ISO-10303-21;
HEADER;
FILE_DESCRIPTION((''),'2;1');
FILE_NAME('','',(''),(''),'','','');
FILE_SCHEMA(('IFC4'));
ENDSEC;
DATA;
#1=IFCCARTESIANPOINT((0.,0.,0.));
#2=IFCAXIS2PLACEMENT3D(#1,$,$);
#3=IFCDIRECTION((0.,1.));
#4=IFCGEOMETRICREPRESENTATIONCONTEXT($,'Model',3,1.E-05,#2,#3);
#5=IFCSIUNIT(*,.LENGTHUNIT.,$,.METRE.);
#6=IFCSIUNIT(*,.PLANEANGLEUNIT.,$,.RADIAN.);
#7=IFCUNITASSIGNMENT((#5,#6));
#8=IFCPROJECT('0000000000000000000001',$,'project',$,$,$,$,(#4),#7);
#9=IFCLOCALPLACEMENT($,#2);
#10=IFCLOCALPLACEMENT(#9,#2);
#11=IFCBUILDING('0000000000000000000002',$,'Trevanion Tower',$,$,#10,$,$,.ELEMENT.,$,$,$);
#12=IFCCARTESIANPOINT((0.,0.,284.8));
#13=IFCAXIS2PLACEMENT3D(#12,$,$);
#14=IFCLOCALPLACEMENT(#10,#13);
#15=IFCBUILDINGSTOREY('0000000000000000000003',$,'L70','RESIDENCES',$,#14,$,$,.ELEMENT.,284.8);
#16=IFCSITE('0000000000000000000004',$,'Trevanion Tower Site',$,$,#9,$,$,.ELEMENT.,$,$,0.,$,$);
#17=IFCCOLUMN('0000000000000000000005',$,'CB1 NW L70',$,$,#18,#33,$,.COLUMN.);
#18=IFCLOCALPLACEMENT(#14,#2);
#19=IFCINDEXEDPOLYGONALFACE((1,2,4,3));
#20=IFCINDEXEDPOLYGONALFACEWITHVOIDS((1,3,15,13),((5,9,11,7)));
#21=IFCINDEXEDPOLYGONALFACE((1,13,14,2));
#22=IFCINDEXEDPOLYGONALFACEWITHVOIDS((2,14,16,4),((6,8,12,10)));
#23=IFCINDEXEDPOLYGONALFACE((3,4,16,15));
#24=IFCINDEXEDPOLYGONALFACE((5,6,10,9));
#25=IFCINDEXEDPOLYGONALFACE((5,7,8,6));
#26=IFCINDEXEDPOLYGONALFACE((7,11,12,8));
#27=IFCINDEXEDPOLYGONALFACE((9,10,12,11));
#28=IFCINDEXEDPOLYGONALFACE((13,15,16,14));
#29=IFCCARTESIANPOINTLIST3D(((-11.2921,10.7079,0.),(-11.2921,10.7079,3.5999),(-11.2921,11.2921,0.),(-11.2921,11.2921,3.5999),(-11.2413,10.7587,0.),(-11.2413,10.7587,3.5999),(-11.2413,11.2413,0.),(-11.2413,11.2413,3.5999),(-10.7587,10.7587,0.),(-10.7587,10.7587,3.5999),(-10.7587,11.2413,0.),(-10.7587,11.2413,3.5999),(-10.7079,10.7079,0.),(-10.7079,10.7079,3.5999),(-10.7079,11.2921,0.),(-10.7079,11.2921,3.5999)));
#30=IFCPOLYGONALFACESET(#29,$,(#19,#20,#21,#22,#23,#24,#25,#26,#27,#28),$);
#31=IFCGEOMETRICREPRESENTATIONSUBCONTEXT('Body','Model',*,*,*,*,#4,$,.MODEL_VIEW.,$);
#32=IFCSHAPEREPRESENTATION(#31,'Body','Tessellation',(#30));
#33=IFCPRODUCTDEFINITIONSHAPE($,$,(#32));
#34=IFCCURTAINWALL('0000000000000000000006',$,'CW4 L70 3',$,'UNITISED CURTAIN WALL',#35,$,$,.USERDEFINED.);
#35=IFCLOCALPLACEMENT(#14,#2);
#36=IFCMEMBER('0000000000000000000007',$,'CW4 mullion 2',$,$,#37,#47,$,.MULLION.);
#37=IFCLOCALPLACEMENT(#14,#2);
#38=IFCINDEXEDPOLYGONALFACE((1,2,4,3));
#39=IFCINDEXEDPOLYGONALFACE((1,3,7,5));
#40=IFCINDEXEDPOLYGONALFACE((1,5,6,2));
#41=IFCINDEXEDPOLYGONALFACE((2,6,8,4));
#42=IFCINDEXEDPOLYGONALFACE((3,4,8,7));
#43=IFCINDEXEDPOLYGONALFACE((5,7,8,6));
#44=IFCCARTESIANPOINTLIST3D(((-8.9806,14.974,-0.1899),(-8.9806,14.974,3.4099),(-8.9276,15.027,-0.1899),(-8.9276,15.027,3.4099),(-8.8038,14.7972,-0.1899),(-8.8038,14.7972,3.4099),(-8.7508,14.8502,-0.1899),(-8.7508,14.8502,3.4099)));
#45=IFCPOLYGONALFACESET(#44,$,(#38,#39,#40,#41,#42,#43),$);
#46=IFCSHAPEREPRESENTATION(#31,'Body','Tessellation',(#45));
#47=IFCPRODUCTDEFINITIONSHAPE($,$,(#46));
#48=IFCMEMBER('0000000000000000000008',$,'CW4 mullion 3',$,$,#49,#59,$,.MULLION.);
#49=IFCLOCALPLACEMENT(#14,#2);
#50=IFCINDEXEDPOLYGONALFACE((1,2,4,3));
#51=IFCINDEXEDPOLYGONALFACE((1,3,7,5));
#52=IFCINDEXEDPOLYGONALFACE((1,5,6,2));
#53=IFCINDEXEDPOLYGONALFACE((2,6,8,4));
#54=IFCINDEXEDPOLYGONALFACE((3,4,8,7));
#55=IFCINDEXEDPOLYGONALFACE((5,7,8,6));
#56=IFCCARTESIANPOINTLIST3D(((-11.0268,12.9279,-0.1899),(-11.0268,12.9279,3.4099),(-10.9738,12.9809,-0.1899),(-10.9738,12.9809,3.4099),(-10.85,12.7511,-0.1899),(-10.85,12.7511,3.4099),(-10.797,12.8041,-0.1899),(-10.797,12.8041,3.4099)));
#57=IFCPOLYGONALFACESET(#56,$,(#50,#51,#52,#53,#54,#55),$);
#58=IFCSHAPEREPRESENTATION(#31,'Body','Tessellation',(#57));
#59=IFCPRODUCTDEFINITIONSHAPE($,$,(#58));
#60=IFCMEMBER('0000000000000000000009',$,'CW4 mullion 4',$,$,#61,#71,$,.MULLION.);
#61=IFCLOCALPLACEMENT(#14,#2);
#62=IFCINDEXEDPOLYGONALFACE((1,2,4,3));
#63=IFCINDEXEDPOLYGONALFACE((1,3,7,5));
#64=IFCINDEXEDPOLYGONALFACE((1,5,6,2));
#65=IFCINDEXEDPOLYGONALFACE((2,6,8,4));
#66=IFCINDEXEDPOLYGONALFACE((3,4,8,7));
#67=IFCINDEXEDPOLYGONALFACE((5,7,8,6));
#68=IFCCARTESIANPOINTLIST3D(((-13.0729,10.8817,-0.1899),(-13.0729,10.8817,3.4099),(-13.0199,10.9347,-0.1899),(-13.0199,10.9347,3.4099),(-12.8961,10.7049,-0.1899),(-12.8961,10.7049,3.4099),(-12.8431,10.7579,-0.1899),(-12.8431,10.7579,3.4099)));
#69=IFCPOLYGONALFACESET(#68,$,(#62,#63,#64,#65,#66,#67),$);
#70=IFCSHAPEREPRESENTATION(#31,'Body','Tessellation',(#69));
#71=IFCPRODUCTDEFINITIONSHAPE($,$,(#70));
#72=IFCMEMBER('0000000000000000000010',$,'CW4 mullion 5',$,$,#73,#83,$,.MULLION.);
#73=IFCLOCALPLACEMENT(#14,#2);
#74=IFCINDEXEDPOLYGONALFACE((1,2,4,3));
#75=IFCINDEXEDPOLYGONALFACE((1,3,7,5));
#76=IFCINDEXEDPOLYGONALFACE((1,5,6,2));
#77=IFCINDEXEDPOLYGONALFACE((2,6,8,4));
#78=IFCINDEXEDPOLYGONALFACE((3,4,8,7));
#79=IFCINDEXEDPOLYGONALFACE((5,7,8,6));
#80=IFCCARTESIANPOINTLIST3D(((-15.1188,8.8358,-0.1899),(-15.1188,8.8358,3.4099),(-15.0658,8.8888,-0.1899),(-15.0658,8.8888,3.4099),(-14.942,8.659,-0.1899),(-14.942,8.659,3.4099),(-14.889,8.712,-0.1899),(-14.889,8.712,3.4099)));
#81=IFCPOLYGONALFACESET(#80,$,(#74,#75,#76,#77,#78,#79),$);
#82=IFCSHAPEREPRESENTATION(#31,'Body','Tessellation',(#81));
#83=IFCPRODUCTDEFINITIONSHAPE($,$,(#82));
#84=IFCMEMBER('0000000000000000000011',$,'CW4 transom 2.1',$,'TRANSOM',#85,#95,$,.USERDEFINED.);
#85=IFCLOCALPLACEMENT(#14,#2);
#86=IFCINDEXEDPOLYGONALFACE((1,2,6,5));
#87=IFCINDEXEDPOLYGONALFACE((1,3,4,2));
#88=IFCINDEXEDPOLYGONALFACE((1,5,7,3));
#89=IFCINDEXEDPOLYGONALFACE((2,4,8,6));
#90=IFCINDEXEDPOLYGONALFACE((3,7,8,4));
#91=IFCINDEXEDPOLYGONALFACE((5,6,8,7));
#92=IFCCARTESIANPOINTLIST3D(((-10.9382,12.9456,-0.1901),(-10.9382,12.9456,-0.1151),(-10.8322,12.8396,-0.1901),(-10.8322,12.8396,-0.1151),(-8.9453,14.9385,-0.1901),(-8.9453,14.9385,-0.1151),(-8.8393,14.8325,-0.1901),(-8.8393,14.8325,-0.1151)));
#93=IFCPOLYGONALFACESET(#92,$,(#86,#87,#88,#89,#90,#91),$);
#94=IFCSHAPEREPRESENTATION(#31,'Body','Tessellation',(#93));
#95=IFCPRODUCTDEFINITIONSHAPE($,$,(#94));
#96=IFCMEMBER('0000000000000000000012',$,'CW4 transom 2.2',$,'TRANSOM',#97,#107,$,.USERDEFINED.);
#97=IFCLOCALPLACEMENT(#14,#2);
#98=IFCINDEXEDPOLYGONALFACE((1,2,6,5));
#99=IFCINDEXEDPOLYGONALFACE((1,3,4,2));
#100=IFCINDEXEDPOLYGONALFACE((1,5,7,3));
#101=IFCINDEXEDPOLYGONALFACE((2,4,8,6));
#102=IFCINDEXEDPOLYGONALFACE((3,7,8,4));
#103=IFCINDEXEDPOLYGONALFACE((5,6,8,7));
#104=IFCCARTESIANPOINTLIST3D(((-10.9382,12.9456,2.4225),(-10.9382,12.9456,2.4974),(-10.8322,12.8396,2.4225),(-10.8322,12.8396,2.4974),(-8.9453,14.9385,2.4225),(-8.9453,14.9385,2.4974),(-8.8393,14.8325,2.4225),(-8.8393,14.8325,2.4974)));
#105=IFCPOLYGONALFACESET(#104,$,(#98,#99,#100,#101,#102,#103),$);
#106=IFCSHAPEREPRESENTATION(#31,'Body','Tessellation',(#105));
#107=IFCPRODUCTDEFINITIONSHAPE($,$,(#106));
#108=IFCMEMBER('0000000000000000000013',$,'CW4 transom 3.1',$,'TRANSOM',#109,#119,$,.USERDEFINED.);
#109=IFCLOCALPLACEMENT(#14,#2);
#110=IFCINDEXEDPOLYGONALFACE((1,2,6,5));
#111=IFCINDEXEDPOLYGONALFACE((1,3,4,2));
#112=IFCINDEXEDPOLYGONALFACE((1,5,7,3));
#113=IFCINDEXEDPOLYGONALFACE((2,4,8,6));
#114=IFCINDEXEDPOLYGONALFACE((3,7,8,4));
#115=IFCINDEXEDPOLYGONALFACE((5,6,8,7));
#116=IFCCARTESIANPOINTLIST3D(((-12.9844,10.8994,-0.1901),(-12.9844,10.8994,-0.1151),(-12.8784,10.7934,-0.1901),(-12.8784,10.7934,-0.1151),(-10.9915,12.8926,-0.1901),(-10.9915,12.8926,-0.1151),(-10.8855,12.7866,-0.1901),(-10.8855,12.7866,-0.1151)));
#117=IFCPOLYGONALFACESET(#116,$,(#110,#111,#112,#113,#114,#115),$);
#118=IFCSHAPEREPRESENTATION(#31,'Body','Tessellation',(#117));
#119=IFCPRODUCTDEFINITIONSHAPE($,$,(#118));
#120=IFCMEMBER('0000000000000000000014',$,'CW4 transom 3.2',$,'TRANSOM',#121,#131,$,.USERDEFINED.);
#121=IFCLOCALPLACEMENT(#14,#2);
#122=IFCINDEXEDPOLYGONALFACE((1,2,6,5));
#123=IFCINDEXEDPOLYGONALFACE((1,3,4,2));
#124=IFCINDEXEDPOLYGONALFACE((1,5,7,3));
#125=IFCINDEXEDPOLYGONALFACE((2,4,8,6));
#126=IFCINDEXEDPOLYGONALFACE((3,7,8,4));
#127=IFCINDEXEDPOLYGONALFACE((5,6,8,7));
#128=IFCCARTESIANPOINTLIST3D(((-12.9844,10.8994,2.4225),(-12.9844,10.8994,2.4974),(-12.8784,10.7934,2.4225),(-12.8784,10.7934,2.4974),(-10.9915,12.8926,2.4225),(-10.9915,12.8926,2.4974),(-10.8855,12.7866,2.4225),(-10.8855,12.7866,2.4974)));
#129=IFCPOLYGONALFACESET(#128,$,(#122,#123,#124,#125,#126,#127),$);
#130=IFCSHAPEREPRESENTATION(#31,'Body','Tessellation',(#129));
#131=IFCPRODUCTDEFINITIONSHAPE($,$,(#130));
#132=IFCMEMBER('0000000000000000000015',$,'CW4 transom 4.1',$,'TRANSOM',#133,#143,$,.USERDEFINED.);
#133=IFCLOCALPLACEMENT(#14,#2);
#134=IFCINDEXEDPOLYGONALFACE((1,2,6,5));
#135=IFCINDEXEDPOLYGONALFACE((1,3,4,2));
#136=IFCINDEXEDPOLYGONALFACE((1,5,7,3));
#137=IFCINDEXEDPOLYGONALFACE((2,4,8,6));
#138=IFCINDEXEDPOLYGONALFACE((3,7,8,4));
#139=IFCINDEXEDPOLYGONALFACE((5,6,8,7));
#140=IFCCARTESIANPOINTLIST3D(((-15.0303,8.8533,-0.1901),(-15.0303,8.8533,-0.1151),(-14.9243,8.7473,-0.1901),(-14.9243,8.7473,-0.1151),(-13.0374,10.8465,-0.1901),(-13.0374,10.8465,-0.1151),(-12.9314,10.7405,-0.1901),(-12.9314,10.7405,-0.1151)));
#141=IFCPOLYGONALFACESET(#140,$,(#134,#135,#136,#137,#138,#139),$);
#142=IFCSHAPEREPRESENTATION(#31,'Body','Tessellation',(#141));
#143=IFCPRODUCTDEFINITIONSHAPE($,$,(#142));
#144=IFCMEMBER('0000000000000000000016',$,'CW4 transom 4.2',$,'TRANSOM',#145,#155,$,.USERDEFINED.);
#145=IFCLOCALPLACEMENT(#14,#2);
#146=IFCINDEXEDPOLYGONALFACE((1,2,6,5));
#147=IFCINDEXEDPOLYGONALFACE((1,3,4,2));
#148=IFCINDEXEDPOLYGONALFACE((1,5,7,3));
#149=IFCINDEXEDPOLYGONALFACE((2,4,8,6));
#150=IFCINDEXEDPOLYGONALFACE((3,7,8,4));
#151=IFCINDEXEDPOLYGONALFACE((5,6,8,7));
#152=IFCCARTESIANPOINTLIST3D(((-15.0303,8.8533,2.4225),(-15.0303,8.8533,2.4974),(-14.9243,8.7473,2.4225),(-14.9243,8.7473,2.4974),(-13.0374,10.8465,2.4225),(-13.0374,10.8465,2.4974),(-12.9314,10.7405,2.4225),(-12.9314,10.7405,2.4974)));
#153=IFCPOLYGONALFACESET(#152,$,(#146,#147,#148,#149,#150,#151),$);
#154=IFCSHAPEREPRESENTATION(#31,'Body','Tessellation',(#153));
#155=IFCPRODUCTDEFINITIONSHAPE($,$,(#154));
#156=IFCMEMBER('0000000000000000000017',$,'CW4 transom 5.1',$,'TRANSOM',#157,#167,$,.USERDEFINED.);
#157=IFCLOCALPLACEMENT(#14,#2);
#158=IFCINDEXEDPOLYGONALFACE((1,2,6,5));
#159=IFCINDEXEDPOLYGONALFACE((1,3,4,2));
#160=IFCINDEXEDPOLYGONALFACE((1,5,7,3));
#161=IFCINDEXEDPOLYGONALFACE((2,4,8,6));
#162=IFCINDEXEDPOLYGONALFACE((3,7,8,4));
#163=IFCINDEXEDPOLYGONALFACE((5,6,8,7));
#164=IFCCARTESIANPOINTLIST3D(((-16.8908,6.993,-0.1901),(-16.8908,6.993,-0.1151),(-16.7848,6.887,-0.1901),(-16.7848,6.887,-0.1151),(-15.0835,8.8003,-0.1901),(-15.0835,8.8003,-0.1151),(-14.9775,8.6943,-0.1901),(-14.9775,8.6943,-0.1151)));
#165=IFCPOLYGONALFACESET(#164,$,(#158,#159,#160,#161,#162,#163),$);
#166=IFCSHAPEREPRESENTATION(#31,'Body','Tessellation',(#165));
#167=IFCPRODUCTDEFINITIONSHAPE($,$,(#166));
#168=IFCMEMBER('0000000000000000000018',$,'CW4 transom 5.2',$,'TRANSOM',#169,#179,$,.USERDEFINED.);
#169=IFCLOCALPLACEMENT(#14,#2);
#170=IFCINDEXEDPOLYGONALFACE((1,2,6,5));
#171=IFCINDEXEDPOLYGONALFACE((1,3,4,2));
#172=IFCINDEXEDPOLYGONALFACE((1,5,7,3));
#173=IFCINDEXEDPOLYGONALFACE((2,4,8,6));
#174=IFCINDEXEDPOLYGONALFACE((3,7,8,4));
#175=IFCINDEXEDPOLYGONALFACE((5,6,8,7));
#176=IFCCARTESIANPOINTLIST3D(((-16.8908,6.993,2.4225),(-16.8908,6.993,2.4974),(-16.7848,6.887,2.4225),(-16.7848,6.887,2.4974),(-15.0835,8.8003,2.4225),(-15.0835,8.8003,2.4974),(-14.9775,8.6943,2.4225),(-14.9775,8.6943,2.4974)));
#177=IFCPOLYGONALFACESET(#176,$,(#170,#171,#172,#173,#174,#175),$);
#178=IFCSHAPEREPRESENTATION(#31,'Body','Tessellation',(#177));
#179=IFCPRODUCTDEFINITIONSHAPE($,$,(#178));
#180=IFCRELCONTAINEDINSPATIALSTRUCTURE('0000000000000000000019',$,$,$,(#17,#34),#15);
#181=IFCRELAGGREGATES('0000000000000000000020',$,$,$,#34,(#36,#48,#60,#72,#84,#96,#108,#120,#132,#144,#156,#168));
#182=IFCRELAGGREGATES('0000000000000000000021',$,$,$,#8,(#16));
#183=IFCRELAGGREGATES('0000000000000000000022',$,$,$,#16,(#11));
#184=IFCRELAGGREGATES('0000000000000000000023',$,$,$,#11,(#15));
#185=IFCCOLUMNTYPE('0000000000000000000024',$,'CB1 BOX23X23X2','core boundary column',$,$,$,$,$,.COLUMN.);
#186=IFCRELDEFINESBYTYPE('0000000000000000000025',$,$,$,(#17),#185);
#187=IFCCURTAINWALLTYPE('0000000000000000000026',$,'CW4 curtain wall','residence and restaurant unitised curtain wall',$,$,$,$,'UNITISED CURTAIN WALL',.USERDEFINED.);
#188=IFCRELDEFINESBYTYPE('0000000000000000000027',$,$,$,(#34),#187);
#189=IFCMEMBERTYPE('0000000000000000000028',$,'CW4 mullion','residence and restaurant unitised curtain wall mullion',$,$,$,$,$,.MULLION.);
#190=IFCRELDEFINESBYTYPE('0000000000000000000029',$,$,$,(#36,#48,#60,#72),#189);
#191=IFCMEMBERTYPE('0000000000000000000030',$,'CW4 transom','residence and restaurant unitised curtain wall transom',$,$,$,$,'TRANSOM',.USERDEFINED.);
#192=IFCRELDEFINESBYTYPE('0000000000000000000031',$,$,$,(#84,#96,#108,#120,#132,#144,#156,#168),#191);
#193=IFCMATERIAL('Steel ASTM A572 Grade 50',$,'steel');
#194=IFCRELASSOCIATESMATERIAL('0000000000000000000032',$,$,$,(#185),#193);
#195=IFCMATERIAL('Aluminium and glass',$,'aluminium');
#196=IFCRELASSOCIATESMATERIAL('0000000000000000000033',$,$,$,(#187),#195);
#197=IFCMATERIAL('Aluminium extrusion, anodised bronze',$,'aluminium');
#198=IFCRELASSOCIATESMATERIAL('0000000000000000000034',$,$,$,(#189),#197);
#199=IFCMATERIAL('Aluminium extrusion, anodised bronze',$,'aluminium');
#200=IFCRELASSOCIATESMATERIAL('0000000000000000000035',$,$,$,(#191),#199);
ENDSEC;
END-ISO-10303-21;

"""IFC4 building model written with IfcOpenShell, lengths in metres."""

from ifc_helpers import new_model, si_unit, direction, frame, origin, origin_2d, place, context, subcontext, project, spatial, rectangle, hollow_rectangle, extrude, material, material_profile, profile_set, type_object, element, aggregate, save


model = new_model("IFC4")

# Units and contexts
model_context = context("Model", 3, precision=1e-05, world=origin(), true_north=direction((0.0, 1.0)))
body_context = subcontext(model_context, "Body", "Model", "MODEL_VIEW")
ifc_project = project(units=[si_unit("LENGTHUNIT", "METRE"), si_unit("PLANEANGLEUNIT", "RADIAN")], contexts=[model_context])

# Site, building, storey
site_placement = place(None, origin())
site = spatial("IfcSite", under=ifc_project, at=site_placement, Name="Trevanion Tower Site", CompositionType="ELEMENT", RefElevation=0.0)
building_placement = place(site_placement, origin())
building = spatial("IfcBuilding", under=site, at=building_placement, Name="Trevanion Tower", CompositionType="ELEMENT")
storey_placement = place(building_placement, frame((0.0, 0.0, 284.8)))
storey = spatial("IfcBuildingStorey", under=building, at=storey_placement, Name="L70", Description="RESIDENCES", CompositionType="ELEMENT", Elevation=284.8)

# Column
ifc_material_1 = material(Name="Steel ASTM A572 Grade 50", Category="steel")
ifc_material_profile_1 = material_profile(ifc_material_1, hollow_rectangle(XDim=0.5842, YDim=0.5842, WallThickness=0.0508, at=origin_2d()), Name="BOX23X23X2")
ifc_profile_set_1 = profile_set([ifc_material_profile_1], Name="Steel ASTM A572 Grade 50")
column_type = type_object("IfcColumnType", Name="CB1 BOX23X23X2", Description="core boundary column", PredefinedType="COLUMN", material=ifc_profile_set_1)
column_placement = place(storey_placement, frame((-11.0, 11.0, 0.0), z_axis=(0.0, 0.0, 1.0), x_axis=(1.0, 0.0, 0.0)))
element("IfcColumn", 1, at=column_placement, inside=storey, type_object=column_type, Name="CB1 NW L70", PredefinedType="COLUMN", context=body_context, shape_type="SweptSolid", body=[
    extrude(hollow_rectangle(XDim=0.5842, YDim=0.5842, WallThickness=0.0508, at=origin_2d()), origin(), (0.0, 0.0, 1.0), 3.5999),
])

# Curtain wall, members
ifc_material_2 = material(Name="Aluminium and glass", Category="aluminium")
curtain_wall_type = type_object("IfcCurtainWallType", Name="CW4 curtain wall", Description="residence and restaurant unitised curtain wall", ElementType="UNITISED CURTAIN WALL", PredefinedType="USERDEFINED", material=ifc_material_2)
curtain_wall_placement = place(storey_placement, origin())
curtain_wall = element("IfcCurtainWall", 2, at=curtain_wall_placement, inside=storey, type_object=curtain_wall_type, Name="CW4 L70 3", ObjectType="UNITISED CURTAIN WALL", PredefinedType="USERDEFINED")
ifc_material_3 = material(Name="Aluminium extrusion, anodised bronze", Category="aluminium")
ifc_material_profile_2 = material_profile(ifc_material_3, rectangle(XDim=0.075, YDim=0.25, at=origin_2d()), Name="CW4 mullion")
ifc_profile_set_2 = profile_set([ifc_material_profile_2], Name="Aluminium extrusion, anodised bronze")
member_type_1 = type_object("IfcMemberType", Name="CW4 mullion", Description="residence and restaurant unitised curtain wall mullion", PredefinedType="MULLION", material=ifc_profile_set_2)
member_1_placement = place(storey_placement, frame((-8.8657, 14.9121, -0.1899), z_axis=(0.0, 0.0, 1.0), x_axis=(-0.707107, -0.707107, 0.0)))
member_1 = element("IfcMember", 3, at=member_1_placement, type_object=member_type_1, Name="CW4 mullion 2", PredefinedType="MULLION", context=body_context, shape_type="SweptSolid", body=[
    extrude(rectangle(XDim=0.075, YDim=0.25, at=origin_2d()), origin(), (0.0, 0.0, 1.0), 3.5999),
])
member_2_placement = place(storey_placement, frame((-10.9119, 12.866, -0.1899), z_axis=(0.0, 0.0, 1.0), x_axis=(-0.707107, -0.707107, 0.0)))
member_2 = element("IfcMember", 4, at=member_2_placement, type_object=member_type_1, Name="CW4 mullion 3", PredefinedType="MULLION", context=body_context, shape_type="SweptSolid", body=[
    extrude(rectangle(XDim=0.075, YDim=0.25, at=origin_2d()), origin(), (0.0, 0.0, 1.0), 3.5999),
])
member_3_placement = place(storey_placement, frame((-12.958, 10.8198, -0.1899), z_axis=(0.0, 0.0, 1.0), x_axis=(-0.707107, -0.707107, 0.0)))
member_3 = element("IfcMember", 5, at=member_3_placement, type_object=member_type_1, Name="CW4 mullion 4", PredefinedType="MULLION", context=body_context, shape_type="SweptSolid", body=[
    extrude(rectangle(XDim=0.075, YDim=0.25, at=origin_2d()), origin(), (0.0, 0.0, 1.0), 3.5999),
])
member_4_placement = place(storey_placement, frame((-15.0039, 8.7739, -0.1899), z_axis=(0.0, 0.0, 1.0), x_axis=(-0.707107, -0.707107, 0.0)))
member_4 = element("IfcMember", 6, at=member_4_placement, type_object=member_type_1, Name="CW4 mullion 5", PredefinedType="MULLION", context=body_context, shape_type="SweptSolid", body=[
    extrude(rectangle(XDim=0.075, YDim=0.25, at=origin_2d()), origin(), (0.0, 0.0, 1.0), 3.5999),
])
ifc_material_4 = material(Name="Aluminium extrusion, anodised bronze", Category="aluminium")
ifc_material_profile_3 = material_profile(ifc_material_4, rectangle(XDim=0.1499, YDim=0.075, at=origin_2d()), Name="CW4 transom")
ifc_profile_set_3 = profile_set([ifc_material_profile_3], Name="Aluminium extrusion, anodised bronze")
member_type_2 = type_object("IfcMemberType", Name="CW4 transom", Description="residence and restaurant unitised curtain wall transom", ElementType="TRANSOM", PredefinedType="USERDEFINED", material=ifc_profile_set_3)
member_5_placement = place(storey_placement, frame((-8.8923, 14.8855, -0.1526), z_axis=(-0.707107, -0.707107, 0.0), x_axis=(0.707107, -0.707107, 0.0)))
member_5 = element("IfcMember", 7, at=member_5_placement, type_object=member_type_2, Name="CW4 transom 2.1", ObjectType="TRANSOM", PredefinedType="USERDEFINED", context=body_context, shape_type="SweptSolid", body=[
    extrude(rectangle(XDim=0.1499, YDim=0.075, at=origin_2d()), origin(), (0.0, 0.0, 1.0), 2.8184),
])
member_6_placement = place(storey_placement, frame((-8.8923, 14.8855, 2.46), z_axis=(-0.707107, -0.707107, 0.0), x_axis=(0.707107, -0.707107, 0.0)))
member_6 = element("IfcMember", 8, at=member_6_placement, type_object=member_type_2, Name="CW4 transom 2.2", ObjectType="TRANSOM", PredefinedType="USERDEFINED", context=body_context, shape_type="SweptSolid", body=[
    extrude(rectangle(XDim=0.1499, YDim=0.075, at=origin_2d()), origin(), (0.0, 0.0, 1.0), 2.8184),
])
member_7_placement = place(storey_placement, frame((-10.9385, 12.8396, -0.1526), z_axis=(-0.707063, -0.70715, 0.0), x_axis=(0.70715, -0.707063, 0.0)))
member_7 = element("IfcMember", 9, at=member_7_placement, type_object=member_type_2, Name="CW4 transom 3.1", ObjectType="TRANSOM", PredefinedType="USERDEFINED", context=body_context, shape_type="SweptSolid", body=[
    extrude(rectangle(XDim=0.1499, YDim=0.075, at=origin_2d()), origin(), (0.0, 0.0, 1.0), 2.8186),
])
member_8_placement = place(storey_placement, frame((-10.9385, 12.8396, 2.46), z_axis=(-0.707063, -0.70715, 0.0), x_axis=(0.70715, -0.707063, 0.0)))
member_8 = element("IfcMember", 10, at=member_8_placement, type_object=member_type_2, Name="CW4 transom 3.2", ObjectType="TRANSOM", PredefinedType="USERDEFINED", context=body_context, shape_type="SweptSolid", body=[
    extrude(rectangle(XDim=0.1499, YDim=0.075, at=origin_2d()), origin(), (0.0, 0.0, 1.0), 2.8186),
])
member_9_placement = place(storey_placement, frame((-12.9844, 10.7935, -0.1526), z_axis=(-0.707063, -0.70715, 0.0), x_axis=(0.70715, -0.707063, 0.0)))
member_9 = element("IfcMember", 11, at=member_9_placement, type_object=member_type_2, Name="CW4 transom 4.1", ObjectType="TRANSOM", PredefinedType="USERDEFINED", context=body_context, shape_type="SweptSolid", body=[
    extrude(rectangle(XDim=0.1499, YDim=0.075, at=origin_2d()), origin(), (0.0, 0.0, 1.0), 2.8186),
])
member_10_placement = place(storey_placement, frame((-12.9844, 10.7935, 2.46), z_axis=(-0.707063, -0.70715, 0.0), x_axis=(0.70715, -0.707063, 0.0)))
member_10 = element("IfcMember", 12, at=member_10_placement, type_object=member_type_2, Name="CW4 transom 4.2", ObjectType="TRANSOM", PredefinedType="USERDEFINED", context=body_context, shape_type="SweptSolid", body=[
    extrude(rectangle(XDim=0.1499, YDim=0.075, at=origin_2d()), origin(), (0.0, 0.0, 1.0), 2.8186),
])
member_11_placement = place(storey_placement, frame((-15.0305, 8.7473, -0.1526), z_axis=(-0.707107, -0.707107, 0.0), x_axis=(0.707107, -0.707107, 0.0)))
member_11 = element("IfcMember", 13, at=member_11_placement, type_object=member_type_2, Name="CW4 transom 5.1", ObjectType="TRANSOM", PredefinedType="USERDEFINED", context=body_context, shape_type="SweptSolid", body=[
    extrude(rectangle(XDim=0.1499, YDim=0.075, at=origin_2d()), origin(), (0.0, 0.0, 1.0), 2.5559),
])
member_12_placement = place(storey_placement, frame((-15.0305, 8.7473, 2.46), z_axis=(-0.707107, -0.707107, 0.0), x_axis=(0.707107, -0.707107, 0.0)))
member_12 = element("IfcMember", 14, at=member_12_placement, type_object=member_type_2, Name="CW4 transom 5.2", ObjectType="TRANSOM", PredefinedType="USERDEFINED", context=body_context, shape_type="SweptSolid", body=[
    extrude(rectangle(XDim=0.1499, YDim=0.075, at=origin_2d()), origin(), (0.0, 0.0, 1.0), 2.5559),
])

aggregate(curtain_wall, [member_1, member_2, member_3, member_4, member_5, member_6, member_7, member_8, member_9, member_10, member_11, member_12])

save(model, "model.ifc")
